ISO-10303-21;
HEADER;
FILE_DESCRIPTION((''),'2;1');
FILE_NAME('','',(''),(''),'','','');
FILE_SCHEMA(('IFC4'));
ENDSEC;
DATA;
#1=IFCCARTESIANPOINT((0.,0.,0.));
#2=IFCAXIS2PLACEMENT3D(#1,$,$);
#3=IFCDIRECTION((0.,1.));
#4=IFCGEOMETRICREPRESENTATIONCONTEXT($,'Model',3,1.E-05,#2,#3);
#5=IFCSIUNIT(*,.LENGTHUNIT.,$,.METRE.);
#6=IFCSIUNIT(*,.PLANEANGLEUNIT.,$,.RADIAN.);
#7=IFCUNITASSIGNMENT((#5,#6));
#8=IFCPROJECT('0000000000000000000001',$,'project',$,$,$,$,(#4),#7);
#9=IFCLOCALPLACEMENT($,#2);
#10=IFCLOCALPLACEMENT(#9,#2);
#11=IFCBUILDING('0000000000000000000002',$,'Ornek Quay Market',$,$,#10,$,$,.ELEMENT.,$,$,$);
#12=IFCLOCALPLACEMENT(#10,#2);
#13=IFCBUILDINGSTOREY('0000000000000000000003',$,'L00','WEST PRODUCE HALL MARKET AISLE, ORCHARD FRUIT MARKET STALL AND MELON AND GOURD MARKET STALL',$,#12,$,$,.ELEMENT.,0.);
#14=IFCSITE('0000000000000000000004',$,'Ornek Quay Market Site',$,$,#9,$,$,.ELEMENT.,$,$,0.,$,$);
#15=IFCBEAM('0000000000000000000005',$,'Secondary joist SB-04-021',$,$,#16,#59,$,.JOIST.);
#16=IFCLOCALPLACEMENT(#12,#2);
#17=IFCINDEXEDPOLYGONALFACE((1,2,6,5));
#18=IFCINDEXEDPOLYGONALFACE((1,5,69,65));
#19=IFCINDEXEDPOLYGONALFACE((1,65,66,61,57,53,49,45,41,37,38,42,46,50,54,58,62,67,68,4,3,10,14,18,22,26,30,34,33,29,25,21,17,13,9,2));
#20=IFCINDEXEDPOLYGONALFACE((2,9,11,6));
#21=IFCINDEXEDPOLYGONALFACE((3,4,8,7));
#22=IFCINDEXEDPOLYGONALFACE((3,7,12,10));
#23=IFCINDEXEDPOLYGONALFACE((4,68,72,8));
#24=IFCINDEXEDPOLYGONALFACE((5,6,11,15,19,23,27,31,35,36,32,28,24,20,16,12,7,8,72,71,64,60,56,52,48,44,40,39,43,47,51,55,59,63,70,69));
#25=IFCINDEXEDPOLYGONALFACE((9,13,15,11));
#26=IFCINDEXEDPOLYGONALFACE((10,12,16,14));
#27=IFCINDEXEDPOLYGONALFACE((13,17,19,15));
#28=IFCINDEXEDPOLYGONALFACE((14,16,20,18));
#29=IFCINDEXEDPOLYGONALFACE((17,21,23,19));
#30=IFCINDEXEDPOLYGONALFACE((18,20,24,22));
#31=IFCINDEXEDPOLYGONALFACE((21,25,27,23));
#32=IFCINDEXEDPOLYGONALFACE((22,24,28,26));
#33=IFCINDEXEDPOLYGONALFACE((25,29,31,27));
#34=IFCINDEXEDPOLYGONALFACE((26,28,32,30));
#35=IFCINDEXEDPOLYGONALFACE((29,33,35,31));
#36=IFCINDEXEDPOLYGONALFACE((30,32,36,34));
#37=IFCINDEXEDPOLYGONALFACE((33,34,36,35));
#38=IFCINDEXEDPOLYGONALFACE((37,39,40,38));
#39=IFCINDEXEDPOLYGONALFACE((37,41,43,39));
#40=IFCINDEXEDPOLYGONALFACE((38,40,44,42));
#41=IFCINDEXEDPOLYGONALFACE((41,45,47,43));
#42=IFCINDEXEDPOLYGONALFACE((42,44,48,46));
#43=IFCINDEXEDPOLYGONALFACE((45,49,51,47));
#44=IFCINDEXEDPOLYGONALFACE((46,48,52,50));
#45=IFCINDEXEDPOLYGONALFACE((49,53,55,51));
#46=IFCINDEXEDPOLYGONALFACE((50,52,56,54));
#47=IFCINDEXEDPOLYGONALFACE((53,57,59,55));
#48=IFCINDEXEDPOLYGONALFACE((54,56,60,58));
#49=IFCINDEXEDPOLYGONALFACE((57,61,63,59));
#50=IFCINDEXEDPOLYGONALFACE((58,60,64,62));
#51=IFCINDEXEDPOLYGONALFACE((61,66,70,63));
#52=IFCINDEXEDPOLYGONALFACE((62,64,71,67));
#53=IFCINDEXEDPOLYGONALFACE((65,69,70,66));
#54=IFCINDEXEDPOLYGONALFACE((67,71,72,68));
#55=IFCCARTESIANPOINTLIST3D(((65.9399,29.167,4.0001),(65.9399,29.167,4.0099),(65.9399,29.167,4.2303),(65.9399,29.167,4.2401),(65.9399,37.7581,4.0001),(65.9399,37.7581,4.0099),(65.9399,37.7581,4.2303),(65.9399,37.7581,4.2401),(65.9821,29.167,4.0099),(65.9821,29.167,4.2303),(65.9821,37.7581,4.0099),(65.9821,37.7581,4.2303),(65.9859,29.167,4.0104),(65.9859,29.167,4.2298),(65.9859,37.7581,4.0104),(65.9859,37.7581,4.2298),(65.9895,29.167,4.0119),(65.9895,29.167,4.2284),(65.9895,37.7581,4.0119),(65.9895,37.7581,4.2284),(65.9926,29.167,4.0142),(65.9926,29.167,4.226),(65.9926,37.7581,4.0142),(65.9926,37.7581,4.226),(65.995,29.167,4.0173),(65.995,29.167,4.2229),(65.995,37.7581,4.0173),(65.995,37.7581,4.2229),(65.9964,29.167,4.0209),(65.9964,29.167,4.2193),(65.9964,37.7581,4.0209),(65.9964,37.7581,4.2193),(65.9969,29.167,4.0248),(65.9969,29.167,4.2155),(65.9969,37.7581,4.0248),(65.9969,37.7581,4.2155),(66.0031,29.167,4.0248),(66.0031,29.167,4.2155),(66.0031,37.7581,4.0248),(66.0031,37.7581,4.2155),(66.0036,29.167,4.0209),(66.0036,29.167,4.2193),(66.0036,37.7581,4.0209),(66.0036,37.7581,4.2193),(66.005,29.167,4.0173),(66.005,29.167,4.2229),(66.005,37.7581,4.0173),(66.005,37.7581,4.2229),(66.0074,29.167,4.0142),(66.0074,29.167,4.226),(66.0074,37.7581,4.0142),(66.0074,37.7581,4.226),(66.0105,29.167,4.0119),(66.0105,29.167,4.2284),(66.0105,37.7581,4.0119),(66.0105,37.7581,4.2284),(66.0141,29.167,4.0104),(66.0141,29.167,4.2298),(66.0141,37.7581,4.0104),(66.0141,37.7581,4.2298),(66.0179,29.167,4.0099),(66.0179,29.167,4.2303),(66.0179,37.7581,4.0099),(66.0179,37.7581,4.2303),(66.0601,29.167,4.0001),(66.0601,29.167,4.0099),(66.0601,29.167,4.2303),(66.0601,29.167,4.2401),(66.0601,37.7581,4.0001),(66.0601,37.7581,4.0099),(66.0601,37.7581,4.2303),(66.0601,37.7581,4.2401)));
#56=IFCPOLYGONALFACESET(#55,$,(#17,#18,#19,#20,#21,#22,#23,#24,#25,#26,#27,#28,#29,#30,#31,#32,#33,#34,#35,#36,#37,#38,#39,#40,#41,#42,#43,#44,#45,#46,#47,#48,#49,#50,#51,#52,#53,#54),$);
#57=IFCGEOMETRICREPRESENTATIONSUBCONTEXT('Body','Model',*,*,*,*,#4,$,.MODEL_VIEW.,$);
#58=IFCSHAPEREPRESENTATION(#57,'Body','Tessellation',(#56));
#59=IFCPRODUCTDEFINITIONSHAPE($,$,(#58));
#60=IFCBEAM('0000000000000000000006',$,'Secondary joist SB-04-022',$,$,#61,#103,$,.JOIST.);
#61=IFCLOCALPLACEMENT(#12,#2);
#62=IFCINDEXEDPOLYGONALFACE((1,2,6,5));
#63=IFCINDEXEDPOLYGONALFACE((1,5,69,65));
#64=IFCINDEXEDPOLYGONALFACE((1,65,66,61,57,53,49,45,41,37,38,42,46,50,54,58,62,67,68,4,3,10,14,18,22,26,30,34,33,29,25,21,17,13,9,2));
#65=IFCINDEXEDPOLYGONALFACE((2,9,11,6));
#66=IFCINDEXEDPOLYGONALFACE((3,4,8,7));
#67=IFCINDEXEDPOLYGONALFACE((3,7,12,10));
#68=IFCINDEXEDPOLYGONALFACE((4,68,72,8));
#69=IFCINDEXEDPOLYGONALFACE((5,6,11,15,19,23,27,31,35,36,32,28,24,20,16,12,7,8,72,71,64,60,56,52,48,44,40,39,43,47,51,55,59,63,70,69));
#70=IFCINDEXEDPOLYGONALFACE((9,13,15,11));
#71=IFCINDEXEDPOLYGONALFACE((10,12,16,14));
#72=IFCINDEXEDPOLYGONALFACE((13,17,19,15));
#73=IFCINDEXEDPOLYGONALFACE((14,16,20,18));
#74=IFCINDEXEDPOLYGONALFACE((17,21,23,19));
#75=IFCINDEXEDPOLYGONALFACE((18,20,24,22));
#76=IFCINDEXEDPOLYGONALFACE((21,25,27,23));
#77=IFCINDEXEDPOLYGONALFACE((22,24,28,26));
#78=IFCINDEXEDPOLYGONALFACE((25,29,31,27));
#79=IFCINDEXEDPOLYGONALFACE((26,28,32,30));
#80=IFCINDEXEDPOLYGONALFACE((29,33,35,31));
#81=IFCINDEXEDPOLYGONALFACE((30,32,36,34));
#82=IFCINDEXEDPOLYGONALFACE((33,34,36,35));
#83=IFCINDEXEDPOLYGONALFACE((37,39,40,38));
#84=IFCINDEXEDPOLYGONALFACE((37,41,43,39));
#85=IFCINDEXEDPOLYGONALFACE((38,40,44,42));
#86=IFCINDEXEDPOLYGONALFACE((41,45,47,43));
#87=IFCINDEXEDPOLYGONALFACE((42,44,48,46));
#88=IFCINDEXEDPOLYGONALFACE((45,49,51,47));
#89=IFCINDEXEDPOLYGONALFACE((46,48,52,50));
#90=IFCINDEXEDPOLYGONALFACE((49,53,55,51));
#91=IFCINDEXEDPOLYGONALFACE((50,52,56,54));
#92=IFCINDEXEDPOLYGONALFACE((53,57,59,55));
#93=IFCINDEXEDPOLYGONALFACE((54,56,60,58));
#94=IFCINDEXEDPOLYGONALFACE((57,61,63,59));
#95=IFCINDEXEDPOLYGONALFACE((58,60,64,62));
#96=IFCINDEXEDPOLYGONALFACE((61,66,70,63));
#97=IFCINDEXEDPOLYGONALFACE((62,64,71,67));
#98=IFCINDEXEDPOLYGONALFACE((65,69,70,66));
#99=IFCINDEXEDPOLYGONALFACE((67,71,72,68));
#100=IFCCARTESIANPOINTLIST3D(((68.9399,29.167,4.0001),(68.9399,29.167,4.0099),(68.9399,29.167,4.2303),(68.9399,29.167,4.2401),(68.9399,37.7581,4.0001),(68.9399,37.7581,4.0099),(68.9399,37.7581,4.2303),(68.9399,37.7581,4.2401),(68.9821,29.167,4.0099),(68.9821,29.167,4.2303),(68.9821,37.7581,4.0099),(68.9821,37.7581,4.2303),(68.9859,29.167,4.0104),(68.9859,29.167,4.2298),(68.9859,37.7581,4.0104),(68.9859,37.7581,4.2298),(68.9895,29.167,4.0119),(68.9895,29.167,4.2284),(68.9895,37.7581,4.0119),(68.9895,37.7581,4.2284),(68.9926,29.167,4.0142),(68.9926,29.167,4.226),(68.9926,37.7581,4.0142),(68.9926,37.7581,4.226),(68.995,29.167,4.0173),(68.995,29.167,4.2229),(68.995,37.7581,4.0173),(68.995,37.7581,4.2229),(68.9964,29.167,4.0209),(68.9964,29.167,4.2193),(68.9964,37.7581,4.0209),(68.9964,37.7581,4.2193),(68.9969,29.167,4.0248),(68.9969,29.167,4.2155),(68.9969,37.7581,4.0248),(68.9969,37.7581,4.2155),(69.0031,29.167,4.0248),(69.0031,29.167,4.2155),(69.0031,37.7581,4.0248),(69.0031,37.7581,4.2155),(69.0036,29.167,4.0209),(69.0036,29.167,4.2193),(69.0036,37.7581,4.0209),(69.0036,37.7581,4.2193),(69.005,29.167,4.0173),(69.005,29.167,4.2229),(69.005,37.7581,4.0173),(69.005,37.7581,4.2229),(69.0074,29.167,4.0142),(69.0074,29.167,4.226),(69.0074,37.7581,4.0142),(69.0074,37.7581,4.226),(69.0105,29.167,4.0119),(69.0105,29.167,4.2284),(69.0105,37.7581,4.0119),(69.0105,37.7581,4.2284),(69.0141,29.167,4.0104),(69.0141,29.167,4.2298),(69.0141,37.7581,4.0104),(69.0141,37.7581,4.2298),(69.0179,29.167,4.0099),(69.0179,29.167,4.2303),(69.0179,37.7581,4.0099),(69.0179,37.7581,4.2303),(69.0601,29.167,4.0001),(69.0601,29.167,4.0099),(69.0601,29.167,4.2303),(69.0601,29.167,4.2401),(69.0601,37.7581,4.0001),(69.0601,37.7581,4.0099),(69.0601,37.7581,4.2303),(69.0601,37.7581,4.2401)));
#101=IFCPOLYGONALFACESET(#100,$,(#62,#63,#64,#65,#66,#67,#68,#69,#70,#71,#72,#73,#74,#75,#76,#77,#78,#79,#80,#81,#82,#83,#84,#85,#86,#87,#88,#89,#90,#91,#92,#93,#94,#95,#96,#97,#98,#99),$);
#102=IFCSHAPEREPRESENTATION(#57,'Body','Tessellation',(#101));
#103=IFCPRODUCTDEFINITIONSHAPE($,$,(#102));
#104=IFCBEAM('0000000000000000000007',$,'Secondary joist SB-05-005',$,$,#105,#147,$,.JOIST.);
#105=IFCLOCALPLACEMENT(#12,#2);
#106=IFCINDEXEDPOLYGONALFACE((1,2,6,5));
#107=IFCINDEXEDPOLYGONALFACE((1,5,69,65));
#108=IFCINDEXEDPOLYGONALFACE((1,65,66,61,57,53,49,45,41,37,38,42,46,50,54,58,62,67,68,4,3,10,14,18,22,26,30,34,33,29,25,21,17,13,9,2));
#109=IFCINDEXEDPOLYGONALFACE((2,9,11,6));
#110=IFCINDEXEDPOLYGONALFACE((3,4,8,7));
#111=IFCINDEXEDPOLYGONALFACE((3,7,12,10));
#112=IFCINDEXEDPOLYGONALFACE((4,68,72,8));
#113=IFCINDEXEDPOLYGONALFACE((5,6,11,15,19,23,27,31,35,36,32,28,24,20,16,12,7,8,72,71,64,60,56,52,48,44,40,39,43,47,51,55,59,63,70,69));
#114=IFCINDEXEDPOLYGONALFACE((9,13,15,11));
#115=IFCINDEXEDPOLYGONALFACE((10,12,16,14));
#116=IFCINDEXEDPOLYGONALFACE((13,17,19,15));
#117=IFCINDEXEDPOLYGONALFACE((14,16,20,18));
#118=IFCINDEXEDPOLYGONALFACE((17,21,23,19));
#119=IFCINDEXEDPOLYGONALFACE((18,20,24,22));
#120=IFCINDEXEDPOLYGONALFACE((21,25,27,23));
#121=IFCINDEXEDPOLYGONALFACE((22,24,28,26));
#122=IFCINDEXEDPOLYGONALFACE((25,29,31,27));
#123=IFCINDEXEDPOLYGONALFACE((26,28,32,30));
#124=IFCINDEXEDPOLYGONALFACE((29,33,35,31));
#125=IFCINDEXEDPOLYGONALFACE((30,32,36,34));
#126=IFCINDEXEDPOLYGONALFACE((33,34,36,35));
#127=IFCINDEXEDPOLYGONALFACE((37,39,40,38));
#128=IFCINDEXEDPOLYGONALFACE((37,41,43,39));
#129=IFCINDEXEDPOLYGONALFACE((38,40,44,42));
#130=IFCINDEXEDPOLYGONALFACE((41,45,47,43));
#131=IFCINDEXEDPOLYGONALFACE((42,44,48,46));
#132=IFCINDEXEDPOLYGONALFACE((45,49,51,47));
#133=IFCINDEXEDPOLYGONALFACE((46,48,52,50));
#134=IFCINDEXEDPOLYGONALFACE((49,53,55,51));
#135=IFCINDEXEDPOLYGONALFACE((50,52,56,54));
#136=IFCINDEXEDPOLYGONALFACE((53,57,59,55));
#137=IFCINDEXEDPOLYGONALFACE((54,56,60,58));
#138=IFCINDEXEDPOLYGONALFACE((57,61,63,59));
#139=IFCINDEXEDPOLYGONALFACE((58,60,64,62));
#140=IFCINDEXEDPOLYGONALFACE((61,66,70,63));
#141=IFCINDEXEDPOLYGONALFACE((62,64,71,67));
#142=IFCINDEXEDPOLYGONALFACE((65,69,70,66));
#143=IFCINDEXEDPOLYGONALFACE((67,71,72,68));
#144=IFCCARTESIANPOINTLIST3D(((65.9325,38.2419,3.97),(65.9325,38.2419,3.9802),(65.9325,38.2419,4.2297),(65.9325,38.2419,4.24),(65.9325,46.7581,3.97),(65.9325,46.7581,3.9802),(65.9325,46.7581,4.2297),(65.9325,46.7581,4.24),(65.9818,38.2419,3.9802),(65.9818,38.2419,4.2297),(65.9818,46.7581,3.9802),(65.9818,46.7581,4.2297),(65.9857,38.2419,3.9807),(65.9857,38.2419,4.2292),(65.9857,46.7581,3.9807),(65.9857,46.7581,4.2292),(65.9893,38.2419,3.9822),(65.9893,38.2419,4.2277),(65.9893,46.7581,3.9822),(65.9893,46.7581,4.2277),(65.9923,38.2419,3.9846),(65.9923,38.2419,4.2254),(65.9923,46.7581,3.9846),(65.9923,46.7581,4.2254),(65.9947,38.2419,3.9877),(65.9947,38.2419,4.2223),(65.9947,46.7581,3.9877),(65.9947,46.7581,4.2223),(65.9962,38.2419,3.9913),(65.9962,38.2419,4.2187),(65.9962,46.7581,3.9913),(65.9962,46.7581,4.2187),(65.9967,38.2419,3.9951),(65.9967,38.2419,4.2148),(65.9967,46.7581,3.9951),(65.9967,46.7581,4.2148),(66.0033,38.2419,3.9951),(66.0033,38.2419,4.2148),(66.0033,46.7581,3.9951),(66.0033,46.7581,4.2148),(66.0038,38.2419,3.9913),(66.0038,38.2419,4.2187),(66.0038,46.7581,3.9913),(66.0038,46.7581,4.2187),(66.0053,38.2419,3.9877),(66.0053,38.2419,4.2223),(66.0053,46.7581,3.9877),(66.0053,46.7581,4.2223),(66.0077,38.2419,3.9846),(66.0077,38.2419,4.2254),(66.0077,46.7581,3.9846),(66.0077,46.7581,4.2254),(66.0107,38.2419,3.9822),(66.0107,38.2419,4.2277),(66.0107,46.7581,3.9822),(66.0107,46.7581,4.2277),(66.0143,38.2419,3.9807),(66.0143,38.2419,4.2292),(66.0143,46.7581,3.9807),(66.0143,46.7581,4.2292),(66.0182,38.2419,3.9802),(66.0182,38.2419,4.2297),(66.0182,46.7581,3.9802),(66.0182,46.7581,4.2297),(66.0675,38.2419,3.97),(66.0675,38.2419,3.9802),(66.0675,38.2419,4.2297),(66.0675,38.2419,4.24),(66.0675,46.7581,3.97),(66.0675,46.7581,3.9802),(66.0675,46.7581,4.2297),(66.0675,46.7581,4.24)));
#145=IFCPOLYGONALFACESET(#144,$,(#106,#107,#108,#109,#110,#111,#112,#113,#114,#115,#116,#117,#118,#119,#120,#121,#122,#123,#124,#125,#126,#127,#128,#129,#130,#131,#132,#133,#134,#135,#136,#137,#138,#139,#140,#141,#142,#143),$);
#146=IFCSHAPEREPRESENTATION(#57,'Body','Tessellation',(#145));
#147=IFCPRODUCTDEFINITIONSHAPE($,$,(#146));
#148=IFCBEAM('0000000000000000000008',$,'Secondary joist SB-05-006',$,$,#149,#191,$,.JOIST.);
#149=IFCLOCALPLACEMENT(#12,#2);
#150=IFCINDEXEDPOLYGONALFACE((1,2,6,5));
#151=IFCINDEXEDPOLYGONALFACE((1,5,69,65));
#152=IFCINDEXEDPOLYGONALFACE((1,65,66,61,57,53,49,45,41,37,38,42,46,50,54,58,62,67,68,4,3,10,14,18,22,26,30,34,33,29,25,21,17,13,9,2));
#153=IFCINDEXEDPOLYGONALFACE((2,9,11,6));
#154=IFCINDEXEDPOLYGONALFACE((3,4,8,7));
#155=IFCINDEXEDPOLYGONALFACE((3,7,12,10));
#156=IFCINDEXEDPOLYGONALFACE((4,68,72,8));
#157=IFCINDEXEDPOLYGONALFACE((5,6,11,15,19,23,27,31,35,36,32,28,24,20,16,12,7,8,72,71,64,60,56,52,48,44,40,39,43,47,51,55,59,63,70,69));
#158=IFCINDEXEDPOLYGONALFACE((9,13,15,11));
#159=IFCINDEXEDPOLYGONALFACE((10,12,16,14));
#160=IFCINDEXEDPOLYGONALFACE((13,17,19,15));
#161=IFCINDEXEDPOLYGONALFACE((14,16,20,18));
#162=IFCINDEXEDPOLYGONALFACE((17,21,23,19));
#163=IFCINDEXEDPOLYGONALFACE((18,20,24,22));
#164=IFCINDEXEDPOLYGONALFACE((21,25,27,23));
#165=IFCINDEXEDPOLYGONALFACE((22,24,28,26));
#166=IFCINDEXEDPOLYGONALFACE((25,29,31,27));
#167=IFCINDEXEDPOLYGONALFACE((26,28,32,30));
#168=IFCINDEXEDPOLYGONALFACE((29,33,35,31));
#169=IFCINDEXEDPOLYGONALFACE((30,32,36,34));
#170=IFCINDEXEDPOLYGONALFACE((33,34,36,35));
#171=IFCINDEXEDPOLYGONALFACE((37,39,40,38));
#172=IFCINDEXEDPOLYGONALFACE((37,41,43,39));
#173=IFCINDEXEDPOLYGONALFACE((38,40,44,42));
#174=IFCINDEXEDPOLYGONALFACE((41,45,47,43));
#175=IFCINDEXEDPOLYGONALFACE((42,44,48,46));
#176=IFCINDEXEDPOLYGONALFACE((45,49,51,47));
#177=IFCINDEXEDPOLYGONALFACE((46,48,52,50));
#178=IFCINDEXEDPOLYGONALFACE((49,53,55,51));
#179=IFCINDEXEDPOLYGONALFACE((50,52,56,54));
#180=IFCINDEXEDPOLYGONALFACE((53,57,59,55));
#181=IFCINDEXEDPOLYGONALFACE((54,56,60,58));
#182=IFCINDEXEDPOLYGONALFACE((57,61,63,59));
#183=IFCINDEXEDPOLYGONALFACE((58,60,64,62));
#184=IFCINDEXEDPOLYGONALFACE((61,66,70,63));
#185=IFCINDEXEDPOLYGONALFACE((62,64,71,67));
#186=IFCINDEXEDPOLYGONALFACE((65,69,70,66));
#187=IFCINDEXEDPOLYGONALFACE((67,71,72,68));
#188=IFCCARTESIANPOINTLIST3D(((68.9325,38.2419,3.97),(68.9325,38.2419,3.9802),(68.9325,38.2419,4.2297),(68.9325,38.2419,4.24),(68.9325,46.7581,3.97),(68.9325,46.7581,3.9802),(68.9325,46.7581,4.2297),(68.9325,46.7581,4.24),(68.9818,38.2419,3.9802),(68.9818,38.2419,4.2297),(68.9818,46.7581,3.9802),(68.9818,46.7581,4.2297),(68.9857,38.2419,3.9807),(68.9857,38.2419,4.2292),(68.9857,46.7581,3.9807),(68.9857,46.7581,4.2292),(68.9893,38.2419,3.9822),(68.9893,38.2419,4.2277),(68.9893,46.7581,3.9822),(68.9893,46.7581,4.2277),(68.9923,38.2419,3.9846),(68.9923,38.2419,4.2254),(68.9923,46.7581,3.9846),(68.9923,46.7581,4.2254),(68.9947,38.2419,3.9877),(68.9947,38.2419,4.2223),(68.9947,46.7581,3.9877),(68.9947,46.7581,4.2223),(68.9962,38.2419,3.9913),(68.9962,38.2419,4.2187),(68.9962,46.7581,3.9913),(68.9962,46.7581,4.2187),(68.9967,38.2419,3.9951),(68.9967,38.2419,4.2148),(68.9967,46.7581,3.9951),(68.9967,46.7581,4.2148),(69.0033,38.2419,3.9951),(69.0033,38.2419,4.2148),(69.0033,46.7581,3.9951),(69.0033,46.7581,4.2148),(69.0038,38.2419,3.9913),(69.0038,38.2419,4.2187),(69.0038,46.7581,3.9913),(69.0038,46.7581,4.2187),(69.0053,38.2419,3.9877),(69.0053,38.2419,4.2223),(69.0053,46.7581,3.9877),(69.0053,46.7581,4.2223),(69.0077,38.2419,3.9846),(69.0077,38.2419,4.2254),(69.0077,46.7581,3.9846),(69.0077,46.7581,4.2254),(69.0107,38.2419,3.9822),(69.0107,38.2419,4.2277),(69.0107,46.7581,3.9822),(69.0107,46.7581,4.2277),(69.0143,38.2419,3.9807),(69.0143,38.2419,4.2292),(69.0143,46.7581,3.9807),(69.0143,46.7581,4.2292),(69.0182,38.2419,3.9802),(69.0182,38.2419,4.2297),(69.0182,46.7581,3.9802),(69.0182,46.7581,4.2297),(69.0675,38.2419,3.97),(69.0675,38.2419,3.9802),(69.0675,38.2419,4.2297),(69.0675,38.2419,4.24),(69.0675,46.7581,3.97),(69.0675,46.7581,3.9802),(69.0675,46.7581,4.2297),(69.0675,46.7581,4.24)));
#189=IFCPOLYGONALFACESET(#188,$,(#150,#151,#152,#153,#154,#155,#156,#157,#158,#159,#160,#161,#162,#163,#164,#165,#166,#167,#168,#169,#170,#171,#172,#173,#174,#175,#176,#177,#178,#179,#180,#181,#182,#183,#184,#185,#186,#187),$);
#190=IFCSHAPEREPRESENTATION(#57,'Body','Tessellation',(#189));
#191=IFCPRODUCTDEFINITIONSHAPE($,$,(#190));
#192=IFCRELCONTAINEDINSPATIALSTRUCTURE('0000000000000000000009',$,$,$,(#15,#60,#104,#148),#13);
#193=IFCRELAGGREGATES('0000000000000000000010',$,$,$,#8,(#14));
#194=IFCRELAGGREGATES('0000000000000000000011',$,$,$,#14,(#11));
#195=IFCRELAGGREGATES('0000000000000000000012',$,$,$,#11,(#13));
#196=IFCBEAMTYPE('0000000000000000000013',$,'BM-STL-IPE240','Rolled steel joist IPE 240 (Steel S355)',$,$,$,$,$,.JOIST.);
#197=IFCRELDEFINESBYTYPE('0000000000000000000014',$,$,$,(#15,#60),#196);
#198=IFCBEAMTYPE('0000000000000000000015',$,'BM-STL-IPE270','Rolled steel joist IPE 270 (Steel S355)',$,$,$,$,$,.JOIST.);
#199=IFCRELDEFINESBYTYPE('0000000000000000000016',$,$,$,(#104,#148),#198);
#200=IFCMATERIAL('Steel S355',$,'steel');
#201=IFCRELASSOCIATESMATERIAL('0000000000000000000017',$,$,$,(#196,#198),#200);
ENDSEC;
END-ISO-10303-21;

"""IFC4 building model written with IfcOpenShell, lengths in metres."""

from ifc_helpers import new_model, si_unit, direction, frame, origin, origin_2d, place, context, subcontext, project, spatial, i_section, extrude, material, material_profile, profile_set, type_object, element, save


model = new_model("IFC4")

# Units and contexts
model_context = context("Model", 3, precision=1e-05, world=origin(), true_north=direction((0.0, 1.0)))
body_context = subcontext(model_context, "Body", "Model", "MODEL_VIEW")
ifc_project = project(units=[si_unit("LENGTHUNIT", "METRE"), si_unit("PLANEANGLEUNIT", "RADIAN")], contexts=[model_context])

# Site, building, storey
site_placement = place(None, origin())
site = spatial("IfcSite", under=ifc_project, at=site_placement, Name="Ornek Quay Market Site", CompositionType="ELEMENT", RefElevation=0.0)
building_placement = place(site_placement, origin())
building = spatial("IfcBuilding", under=site, at=building_placement, Name="Ornek Quay Market", CompositionType="ELEMENT")
storey_placement = place(building_placement, origin())
storey = spatial("IfcBuildingStorey", under=building, at=storey_placement, Name="L00", Description="WEST PRODUCE HALL MARKET AISLE, ORCHARD FRUIT MARKET STALL AND MELON AND GOURD MARKET STALL", CompositionType="ELEMENT", Elevation=0.0)

# Beams
ifc_material_1 = material(Name="Steel S355", Category="steel")
ifc_material_profile_1 = material_profile(ifc_material_1, i_section(OverallWidth=0.1201, OverallDepth=0.24, WebThickness=0.0061, FlangeThickness=0.0098, FilletRadius=0.0149, at=origin_2d()), Name="IPE 240", Category="steel")
ifc_profile_set_1 = profile_set([ifc_material_profile_1], Name="Steel S355")
beam_type_1 = type_object("IfcBeamType", Name="BM-STL-IPE240", Description="Rolled steel joist IPE 240 (Steel S355)", PredefinedType="JOIST", material=ifc_profile_set_1)
for number, where, z_axis, x_axis, name in (
    (1, (66.0, 29.167, 4.1201), (0.0, 1.0, 0.0), (-1.0, 0.0, 0.0), "Secondary joist SB-04-021"),
    (2, (69.0, 29.167, 4.1201), (0.0, 1.0, 0.0), (-1.0, 0.0, 0.0), "Secondary joist SB-04-022"),
):
    element("IfcBeam", number, at=place(storey_placement, frame(where, z_axis=z_axis, x_axis=x_axis)), inside=storey, type_object=beam_type_1, Name=name, PredefinedType="JOIST", context=body_context, shape_type="SweptSolid", body=[
        extrude(i_section(OverallWidth=0.1201, OverallDepth=0.24, WebThickness=0.0061, FlangeThickness=0.0098, FilletRadius=0.0149, at=origin_2d()), origin(), (0.0, 0.0, 1.0), 8.5911),
    ])
ifc_material_profile_2 = material_profile(ifc_material_1, i_section(OverallWidth=0.135, OverallDepth=0.27, WebThickness=0.0066, FlangeThickness=0.0103, FilletRadius=0.0149, at=origin_2d()), Name="IPE 270", Category="steel")
ifc_profile_set_2 = profile_set([ifc_material_profile_2], Name="Steel S355")
beam_type_2 = type_object("IfcBeamType", Name="BM-STL-IPE270", Description="Rolled steel joist IPE 270 (Steel S355)", PredefinedType="JOIST", material=ifc_profile_set_2)
for number, where, z_axis, x_axis, name in (
    (3, (66.0, 38.2419, 4.105), (0.0, 1.0, 0.0), (-1.0, 0.0, 0.0), "Secondary joist SB-05-005"),
    (4, (69.0, 38.2419, 4.105), (0.0, 1.0, 0.0), (-1.0, 0.0, 0.0), "Secondary joist SB-05-006"),
):
    element("IfcBeam", number, at=place(storey_placement, frame(where, z_axis=z_axis, x_axis=x_axis)), inside=storey, type_object=beam_type_2, Name=name, PredefinedType="JOIST", context=body_context, shape_type="SweptSolid", body=[
        extrude(i_section(OverallWidth=0.135, OverallDepth=0.27, WebThickness=0.0066, FlangeThickness=0.0103, FilletRadius=0.0149, at=origin_2d()), origin(), (0.0, 0.0, 1.0), 8.5161),
    ])

save(model, "model.ifc")
